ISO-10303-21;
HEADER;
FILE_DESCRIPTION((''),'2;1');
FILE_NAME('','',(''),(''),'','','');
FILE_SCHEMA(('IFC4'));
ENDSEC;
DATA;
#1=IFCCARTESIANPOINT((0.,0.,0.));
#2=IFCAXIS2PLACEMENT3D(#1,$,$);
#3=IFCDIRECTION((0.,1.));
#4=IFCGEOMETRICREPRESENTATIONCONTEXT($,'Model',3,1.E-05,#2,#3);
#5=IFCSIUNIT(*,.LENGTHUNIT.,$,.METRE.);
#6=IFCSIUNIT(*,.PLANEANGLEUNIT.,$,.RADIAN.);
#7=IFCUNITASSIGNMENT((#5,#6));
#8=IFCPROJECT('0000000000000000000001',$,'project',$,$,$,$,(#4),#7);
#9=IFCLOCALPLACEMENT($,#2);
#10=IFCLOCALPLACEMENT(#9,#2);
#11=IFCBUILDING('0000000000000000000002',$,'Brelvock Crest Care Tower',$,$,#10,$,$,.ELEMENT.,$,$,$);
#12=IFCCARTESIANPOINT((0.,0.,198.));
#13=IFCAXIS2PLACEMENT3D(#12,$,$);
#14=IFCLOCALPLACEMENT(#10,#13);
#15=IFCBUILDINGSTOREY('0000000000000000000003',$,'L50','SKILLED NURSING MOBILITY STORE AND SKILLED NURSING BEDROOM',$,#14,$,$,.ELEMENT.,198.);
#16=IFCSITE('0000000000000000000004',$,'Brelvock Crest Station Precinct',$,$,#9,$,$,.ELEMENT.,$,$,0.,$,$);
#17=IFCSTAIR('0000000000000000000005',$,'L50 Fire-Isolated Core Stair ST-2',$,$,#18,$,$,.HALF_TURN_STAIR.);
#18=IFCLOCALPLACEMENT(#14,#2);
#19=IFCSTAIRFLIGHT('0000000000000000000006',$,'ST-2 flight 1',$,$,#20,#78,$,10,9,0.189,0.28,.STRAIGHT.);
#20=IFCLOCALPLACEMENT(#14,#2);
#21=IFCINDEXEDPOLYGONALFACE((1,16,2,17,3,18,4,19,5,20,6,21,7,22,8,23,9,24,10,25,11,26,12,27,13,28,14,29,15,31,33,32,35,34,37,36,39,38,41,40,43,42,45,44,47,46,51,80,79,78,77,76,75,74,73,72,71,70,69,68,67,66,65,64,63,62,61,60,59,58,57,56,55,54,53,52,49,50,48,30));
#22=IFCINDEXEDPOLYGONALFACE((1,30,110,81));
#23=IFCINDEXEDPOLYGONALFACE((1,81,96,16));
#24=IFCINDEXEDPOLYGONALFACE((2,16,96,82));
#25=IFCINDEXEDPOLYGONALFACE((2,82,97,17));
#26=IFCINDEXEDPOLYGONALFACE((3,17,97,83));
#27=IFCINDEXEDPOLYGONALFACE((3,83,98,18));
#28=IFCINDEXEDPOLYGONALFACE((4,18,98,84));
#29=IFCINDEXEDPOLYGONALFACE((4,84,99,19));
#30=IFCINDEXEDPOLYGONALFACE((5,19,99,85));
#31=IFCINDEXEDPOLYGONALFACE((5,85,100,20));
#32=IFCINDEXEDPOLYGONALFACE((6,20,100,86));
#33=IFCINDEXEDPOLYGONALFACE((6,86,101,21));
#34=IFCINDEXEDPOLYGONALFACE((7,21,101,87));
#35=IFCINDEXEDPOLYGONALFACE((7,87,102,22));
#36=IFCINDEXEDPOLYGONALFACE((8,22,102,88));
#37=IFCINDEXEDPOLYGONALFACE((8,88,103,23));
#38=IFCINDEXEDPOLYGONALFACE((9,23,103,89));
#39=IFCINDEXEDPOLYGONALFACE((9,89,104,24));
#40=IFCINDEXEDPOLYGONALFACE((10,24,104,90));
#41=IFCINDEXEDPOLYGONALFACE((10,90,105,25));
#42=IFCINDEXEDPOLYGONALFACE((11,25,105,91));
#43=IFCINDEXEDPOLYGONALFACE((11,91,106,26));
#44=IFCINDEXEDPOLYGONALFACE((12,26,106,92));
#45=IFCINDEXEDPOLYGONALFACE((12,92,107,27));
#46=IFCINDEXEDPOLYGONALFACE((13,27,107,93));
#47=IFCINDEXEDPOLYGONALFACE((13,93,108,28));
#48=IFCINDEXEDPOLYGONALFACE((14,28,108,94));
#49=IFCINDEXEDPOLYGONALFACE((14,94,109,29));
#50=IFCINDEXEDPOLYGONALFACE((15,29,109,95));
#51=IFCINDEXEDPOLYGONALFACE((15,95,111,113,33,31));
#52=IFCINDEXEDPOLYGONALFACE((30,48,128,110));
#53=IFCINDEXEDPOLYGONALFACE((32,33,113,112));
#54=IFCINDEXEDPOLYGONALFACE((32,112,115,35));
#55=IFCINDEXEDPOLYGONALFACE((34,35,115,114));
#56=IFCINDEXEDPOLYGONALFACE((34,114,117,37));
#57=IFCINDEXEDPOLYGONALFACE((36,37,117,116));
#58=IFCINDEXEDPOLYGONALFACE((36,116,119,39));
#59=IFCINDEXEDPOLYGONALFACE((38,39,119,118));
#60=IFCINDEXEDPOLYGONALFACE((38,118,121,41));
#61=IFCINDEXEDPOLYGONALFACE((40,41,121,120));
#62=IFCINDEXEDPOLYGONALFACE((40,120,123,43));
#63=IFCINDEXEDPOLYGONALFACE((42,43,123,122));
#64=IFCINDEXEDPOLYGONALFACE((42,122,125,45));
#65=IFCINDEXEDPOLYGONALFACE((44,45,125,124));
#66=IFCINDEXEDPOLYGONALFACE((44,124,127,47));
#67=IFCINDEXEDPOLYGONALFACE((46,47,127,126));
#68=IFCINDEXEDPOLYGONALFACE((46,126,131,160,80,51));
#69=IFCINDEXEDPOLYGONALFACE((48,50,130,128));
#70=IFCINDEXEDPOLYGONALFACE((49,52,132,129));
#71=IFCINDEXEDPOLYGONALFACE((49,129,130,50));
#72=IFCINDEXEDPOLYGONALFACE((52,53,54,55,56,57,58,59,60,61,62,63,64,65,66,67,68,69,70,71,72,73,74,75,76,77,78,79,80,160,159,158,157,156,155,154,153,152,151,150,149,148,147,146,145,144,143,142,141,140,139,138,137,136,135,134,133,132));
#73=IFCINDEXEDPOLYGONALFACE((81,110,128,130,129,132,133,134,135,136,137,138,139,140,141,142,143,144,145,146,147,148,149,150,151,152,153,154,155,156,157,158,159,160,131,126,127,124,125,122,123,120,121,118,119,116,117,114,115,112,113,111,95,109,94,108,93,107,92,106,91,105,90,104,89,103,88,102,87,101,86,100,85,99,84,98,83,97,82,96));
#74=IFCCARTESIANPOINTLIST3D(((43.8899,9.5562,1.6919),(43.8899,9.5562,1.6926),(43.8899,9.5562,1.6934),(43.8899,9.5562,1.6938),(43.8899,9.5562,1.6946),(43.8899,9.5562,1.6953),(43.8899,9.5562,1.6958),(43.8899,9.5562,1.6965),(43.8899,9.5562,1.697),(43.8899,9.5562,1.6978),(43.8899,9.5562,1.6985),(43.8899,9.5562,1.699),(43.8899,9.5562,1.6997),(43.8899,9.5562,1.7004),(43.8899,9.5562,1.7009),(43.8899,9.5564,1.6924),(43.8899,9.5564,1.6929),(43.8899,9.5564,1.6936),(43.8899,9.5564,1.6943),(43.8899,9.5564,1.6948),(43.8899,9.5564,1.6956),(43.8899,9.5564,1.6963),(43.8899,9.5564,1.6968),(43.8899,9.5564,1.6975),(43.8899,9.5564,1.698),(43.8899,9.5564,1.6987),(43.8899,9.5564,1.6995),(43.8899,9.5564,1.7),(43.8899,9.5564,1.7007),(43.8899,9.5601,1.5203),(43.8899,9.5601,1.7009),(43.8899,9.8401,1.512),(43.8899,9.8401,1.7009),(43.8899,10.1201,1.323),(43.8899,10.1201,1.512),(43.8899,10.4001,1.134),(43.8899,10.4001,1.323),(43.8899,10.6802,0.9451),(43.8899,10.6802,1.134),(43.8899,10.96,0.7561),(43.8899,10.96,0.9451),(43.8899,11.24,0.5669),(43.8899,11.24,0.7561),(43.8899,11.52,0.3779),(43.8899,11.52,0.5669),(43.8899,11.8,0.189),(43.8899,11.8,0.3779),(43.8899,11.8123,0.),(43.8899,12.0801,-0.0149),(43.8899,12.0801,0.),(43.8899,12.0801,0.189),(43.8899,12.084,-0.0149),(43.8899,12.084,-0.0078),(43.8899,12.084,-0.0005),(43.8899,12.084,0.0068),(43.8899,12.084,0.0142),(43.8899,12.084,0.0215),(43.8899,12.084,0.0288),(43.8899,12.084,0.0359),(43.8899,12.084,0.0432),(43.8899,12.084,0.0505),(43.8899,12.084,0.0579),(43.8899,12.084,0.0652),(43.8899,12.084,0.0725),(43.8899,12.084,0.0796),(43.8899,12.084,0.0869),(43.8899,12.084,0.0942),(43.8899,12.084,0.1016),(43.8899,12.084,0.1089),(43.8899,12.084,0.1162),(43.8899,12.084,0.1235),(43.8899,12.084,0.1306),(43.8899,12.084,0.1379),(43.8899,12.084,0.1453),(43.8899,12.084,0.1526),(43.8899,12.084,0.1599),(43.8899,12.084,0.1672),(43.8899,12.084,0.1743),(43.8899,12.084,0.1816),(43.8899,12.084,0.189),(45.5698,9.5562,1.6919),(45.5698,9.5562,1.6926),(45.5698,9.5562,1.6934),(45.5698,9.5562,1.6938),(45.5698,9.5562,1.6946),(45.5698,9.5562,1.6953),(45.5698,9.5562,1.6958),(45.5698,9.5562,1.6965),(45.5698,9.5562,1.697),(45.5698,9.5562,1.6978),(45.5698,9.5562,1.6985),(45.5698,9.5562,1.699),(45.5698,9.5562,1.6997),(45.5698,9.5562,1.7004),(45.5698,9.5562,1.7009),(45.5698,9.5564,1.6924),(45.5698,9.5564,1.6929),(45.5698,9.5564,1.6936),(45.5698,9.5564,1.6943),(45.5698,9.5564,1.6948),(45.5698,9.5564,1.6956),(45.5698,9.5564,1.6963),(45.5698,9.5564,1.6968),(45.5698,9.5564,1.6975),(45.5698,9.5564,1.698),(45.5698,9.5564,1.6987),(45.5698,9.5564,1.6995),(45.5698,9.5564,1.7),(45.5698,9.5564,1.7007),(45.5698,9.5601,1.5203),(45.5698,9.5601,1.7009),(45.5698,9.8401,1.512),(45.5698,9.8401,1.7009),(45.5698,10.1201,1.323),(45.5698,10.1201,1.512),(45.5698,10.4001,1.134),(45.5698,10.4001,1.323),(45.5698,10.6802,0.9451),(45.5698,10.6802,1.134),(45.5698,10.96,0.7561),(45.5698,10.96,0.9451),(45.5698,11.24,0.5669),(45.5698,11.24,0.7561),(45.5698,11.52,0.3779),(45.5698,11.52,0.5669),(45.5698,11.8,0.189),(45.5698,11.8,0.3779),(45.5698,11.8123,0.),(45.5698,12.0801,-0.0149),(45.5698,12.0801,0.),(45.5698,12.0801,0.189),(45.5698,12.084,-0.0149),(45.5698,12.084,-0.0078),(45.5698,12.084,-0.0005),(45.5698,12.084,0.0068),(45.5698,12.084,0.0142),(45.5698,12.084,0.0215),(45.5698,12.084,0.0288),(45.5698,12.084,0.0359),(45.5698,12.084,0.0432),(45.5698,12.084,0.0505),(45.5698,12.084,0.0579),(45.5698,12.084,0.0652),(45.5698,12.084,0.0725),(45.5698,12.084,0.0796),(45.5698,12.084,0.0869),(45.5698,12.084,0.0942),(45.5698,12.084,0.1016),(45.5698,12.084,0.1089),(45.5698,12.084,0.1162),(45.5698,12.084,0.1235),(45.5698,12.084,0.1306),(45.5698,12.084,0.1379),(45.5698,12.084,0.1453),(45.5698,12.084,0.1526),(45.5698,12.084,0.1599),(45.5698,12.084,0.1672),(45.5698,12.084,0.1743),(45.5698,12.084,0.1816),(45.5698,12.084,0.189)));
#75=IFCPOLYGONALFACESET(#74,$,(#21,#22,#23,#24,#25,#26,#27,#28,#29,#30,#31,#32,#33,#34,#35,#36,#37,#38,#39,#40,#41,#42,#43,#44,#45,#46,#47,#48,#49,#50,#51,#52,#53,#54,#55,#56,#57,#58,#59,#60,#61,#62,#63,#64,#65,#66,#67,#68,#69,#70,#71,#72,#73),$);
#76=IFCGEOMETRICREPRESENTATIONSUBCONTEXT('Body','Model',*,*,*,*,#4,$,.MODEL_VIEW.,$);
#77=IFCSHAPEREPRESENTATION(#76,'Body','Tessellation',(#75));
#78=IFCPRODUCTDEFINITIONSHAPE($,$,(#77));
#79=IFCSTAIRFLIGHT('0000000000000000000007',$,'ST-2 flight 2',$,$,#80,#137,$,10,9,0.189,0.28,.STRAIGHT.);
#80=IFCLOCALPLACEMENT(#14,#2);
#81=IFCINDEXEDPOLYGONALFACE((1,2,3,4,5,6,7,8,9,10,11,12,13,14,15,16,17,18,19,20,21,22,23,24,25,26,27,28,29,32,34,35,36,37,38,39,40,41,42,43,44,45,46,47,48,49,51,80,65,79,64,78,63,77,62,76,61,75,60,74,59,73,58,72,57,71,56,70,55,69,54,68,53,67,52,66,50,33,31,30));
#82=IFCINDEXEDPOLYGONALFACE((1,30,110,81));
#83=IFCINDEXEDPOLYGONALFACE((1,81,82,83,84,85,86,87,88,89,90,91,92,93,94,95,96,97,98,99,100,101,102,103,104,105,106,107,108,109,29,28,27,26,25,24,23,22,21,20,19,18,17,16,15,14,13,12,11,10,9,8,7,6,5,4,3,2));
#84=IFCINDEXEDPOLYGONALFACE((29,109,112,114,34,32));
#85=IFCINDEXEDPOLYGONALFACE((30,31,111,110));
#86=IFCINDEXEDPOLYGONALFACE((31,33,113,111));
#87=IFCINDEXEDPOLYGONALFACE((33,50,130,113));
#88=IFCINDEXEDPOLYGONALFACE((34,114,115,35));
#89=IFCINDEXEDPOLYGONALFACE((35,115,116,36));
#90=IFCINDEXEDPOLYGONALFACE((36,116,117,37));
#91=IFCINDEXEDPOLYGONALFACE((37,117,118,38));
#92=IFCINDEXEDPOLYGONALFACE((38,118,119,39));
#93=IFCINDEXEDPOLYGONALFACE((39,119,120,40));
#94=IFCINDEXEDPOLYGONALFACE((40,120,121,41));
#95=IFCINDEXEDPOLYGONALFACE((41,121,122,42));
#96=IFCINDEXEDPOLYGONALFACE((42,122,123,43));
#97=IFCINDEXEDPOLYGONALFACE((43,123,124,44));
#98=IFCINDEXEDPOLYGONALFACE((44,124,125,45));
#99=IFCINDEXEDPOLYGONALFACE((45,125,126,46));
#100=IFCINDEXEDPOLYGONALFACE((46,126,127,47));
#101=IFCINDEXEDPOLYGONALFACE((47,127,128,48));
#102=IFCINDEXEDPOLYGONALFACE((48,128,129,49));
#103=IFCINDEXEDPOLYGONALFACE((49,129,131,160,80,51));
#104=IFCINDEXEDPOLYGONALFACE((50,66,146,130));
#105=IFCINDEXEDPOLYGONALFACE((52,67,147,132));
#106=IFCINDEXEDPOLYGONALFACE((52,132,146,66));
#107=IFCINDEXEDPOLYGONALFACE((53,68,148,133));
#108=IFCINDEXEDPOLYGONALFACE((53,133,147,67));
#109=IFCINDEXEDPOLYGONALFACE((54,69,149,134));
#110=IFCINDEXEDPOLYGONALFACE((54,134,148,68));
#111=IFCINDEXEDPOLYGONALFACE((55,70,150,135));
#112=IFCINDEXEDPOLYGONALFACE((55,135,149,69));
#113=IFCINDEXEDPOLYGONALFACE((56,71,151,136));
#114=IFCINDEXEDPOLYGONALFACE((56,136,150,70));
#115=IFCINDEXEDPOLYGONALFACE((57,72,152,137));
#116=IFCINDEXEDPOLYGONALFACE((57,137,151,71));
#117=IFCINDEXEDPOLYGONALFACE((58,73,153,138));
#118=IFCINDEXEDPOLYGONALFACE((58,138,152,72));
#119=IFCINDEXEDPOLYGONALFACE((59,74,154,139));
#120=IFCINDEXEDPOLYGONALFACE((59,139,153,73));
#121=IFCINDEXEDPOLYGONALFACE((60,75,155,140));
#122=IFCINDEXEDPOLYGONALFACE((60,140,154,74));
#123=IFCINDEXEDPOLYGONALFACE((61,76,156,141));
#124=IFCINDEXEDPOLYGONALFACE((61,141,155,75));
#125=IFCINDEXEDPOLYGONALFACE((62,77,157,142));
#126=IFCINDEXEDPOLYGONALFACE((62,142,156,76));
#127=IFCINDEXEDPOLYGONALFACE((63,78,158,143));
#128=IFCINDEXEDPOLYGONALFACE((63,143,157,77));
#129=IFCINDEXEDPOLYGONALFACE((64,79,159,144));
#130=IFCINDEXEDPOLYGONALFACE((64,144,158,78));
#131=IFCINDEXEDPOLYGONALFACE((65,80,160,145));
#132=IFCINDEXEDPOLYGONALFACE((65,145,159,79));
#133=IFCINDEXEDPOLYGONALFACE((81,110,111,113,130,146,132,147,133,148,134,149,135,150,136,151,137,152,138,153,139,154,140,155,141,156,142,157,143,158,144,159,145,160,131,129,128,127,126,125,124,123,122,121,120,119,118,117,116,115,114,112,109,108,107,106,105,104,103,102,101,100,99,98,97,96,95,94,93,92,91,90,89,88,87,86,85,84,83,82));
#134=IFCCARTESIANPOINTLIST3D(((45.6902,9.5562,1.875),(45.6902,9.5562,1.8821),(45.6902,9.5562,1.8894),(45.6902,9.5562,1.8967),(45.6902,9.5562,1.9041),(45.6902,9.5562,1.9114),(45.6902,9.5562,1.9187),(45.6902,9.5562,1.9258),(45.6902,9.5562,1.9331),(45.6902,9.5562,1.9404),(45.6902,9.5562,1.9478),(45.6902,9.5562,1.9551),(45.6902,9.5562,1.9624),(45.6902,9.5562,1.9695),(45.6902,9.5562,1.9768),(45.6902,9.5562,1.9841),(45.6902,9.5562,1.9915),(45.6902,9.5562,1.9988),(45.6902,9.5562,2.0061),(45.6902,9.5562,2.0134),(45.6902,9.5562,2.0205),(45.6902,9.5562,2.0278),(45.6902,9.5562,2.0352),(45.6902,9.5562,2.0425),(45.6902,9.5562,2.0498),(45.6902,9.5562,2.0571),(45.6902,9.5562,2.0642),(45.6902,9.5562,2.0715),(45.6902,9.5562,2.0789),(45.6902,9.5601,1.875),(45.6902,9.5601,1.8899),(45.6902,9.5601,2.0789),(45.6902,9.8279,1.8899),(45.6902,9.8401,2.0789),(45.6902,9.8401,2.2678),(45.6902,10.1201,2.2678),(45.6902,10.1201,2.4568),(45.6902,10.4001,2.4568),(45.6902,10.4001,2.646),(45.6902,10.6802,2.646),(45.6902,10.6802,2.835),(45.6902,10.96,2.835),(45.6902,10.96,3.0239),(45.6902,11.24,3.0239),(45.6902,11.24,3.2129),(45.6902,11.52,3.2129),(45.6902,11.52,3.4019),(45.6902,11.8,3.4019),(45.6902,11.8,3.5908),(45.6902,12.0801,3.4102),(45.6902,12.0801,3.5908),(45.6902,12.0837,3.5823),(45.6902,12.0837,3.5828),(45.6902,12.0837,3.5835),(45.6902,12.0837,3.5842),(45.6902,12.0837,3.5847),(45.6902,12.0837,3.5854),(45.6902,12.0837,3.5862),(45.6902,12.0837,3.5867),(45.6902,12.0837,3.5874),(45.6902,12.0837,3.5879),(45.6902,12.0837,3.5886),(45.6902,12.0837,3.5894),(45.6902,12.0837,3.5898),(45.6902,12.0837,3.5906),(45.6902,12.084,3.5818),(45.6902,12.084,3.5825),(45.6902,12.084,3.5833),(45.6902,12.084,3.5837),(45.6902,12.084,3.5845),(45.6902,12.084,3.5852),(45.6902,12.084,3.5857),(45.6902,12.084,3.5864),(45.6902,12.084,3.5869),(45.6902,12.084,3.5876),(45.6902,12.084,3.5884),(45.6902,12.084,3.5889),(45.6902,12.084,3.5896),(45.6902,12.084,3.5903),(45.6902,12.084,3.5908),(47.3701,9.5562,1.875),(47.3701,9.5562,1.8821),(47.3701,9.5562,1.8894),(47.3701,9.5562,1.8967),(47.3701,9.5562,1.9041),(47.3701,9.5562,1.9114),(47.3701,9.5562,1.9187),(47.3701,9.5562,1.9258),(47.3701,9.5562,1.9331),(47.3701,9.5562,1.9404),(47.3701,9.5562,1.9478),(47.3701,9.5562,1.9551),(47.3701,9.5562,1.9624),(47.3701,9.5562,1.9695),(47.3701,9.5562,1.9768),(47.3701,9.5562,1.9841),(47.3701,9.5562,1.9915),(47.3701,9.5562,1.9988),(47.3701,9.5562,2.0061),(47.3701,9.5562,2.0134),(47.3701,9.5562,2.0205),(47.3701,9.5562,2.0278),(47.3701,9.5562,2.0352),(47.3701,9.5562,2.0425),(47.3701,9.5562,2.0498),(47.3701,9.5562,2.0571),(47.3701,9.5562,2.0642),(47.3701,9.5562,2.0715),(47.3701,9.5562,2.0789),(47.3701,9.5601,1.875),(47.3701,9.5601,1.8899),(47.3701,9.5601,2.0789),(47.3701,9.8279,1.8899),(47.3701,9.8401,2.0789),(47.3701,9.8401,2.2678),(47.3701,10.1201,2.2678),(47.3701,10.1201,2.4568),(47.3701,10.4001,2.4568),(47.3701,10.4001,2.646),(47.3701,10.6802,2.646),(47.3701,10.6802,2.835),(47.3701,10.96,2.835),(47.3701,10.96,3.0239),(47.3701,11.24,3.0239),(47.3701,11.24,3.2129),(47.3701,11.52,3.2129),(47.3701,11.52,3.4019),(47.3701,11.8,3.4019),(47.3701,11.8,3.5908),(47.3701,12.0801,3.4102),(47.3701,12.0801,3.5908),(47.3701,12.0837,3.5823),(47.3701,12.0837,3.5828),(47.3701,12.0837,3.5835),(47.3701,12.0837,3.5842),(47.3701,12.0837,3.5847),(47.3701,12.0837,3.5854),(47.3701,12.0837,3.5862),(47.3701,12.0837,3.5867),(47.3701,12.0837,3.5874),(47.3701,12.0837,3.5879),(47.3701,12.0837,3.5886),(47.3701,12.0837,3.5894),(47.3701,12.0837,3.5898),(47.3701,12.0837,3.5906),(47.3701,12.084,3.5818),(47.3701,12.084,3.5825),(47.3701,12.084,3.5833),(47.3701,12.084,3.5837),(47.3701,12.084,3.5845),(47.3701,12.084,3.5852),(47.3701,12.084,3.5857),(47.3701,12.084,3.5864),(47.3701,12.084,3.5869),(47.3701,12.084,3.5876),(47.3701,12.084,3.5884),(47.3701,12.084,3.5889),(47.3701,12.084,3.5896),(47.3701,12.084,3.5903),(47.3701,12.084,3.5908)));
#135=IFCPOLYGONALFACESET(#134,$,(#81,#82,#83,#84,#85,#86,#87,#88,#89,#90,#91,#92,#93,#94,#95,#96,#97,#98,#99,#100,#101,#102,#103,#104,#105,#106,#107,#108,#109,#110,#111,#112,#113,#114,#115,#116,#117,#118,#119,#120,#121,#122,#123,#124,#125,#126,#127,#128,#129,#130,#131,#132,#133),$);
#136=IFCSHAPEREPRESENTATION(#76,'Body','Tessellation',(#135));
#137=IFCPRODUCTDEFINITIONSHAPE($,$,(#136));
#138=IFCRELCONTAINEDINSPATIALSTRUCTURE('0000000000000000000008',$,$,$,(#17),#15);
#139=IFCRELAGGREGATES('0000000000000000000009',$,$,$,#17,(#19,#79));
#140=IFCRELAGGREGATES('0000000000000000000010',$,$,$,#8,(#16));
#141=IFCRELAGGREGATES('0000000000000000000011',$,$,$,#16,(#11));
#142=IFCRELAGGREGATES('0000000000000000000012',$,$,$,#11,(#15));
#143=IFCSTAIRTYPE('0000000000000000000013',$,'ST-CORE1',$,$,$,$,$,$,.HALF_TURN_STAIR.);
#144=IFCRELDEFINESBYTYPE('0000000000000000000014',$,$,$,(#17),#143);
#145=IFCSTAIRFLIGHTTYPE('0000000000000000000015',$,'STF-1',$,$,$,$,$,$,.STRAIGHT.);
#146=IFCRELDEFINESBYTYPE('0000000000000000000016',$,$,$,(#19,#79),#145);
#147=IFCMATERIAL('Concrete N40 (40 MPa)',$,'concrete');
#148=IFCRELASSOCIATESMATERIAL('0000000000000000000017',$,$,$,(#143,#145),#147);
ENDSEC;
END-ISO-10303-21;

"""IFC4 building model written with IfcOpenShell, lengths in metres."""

from ifc_helpers import new_model, si_unit, direction, frame, origin, place, context, subcontext, project, spatial, polyline, outline, extrude, material, type_object, element, aggregate, save


model = new_model("IFC4")

# Units and contexts
model_context = context("Model", 3, precision=1e-05, world=origin(), true_north=direction((0.0, 1.0)))
body_context = subcontext(model_context, "Body", "Model", "MODEL_VIEW")
ifc_project = project(units=[si_unit("LENGTHUNIT", "METRE"), si_unit("PLANEANGLEUNIT", "RADIAN")], contexts=[model_context])

# Site, building, storey
site_placement = place(None, origin())
site = spatial("IfcSite", under=ifc_project, at=site_placement, Name="Brelvock Crest Station Precinct", CompositionType="ELEMENT", RefElevation=0.0)
building_placement = place(site_placement, origin())
building = spatial("IfcBuilding", under=site, at=building_placement, Name="Brelvock Crest Care Tower", CompositionType="ELEMENT")
storey_placement = place(building_placement, frame((0.0, 0.0, 198.0)))
storey = spatial("IfcBuildingStorey", under=building, at=storey_placement, Name="L50", Description="SKILLED NURSING MOBILITY STORE AND SKILLED NURSING BEDROOM", CompositionType="ELEMENT", Elevation=198.0)

# Stair, stair flights
ifc_material_1 = material(Name="Concrete N40 (40 MPa)", Category="concrete")
stair_type = type_object("IfcStairType", Name="ST-CORE1", PredefinedType="HALF_TURN_STAIR", material=ifc_material_1)
stair_placement = place(storey_placement, origin())
stair = element("IfcStair", 1, at=stair_placement, inside=storey, type_object=stair_type, Name="L50 Fire-Isolated Core Stair ST-2", PredefinedType="HALF_TURN_STAIR")
stair_flight_type = type_object("IfcStairFlightType", Name="STF-1", PredefinedType="STRAIGHT", material=ifc_material_1)
stair_flight_1_placement = place(storey_placement, frame((44.73, 12.0801, 0.0), z_axis=(0.0, 0.0, 1.0), x_axis=(0.0, -1.0, 0.0)))
stair_flight_1 = element("IfcStairFlight", 2, at=stair_flight_1_placement, type_object=stair_flight_type, Name="ST-2 flight 1", NumberOfRisers=10, NumberOfTreads=9, PredefinedType="STRAIGHT", RiserHeight=0.189, TreadLength=0.28, context=body_context, shape_type="SweptSolid", body=[
    extrude(outline(polyline([(-0.0039, -0.0149), (-0.0039, -0.0078), (-0.0039, -0.0005), (-0.0039, 0.0068), (-0.0039, 0.0142), (-0.0039, 0.0215), (-0.0039, 0.0288), (-0.0039, 0.0359), (-0.0039, 0.0432), (-0.0039, 0.0505), (-0.0039, 0.0579), (-0.0039, 0.0652), (-0.0039, 0.0725), (-0.0039, 0.0796), (-0.0039, 0.0869), (-0.0039, 0.0942), (-0.0039, 0.1016), (-0.0039, 0.1089), (-0.0039, 0.1162), (-0.0039, 0.1235), (-0.0039, 0.1306), (-0.0039, 0.1379), (-0.0039, 0.1453), (-0.0039, 0.1526), (-0.0039, 0.1599), (-0.0039, 0.1672), (-0.0039, 0.1743), (-0.0039, 0.1816), (-0.0039, 0.189), (0.0, 0.189), (0.28, 0.189), (0.28, 0.3779), (0.5601, 0.3779), (0.5601, 0.5669), (0.8401, 0.5669), (0.8401, 0.7561), (1.1201, 0.7561), (1.1201, 0.9451), (1.3999, 0.9451), (1.3999, 1.134), (1.6799, 1.134), (1.6799, 1.323), (1.96, 1.323), (1.96, 1.512), (2.24, 1.512), (2.24, 1.7009), (2.52, 1.7009), (2.5239, 1.7009), (2.5237, 1.7007), (2.5239, 1.7004), (2.5237, 1.7), (2.5239, 1.6997), (2.5237, 1.6995), (2.5239, 1.699), (2.5237, 1.6987), (2.5239, 1.6985), (2.5237, 1.698), (2.5239, 1.6978), (2.5237, 1.6975), (2.5239, 1.697), (2.5237, 1.6968), (2.5239, 1.6965), (2.5237, 1.6963), (2.5239, 1.6958), (2.5237, 1.6956), (2.5239, 1.6953), (2.5237, 1.6948), (2.5239, 1.6946), (2.5237, 1.6943), (2.5239, 1.6938), (2.5237, 1.6936), (2.5239, 1.6934), (2.5237, 1.6929), (2.5239, 1.6926), (2.5237, 1.6924), (2.5239, 1.6919), (2.52, 1.5203), (0.2678, 0.0), (0.0, 0.0), (0.0, -0.0149), (-0.0039, -0.0149)])), frame((0.0, 0.8398, 0.0), z_axis=(0.0, -1.0, 0.0), x_axis=(1.0, 0.0, 0.0)), (0.0, 0.0, 1.0), 1.6799),
])
stair_flight_2_placement = place(storey_placement, frame((46.53, 9.5601, 1.8899), z_axis=(0.0, 0.0, 1.0), x_axis=(0.0, 1.0, 0.0)))
stair_flight_2 = element("IfcStairFlight", 3, at=stair_flight_2_placement, type_object=stair_flight_type, Name="ST-2 flight 2", NumberOfRisers=10, NumberOfTreads=9, PredefinedType="STRAIGHT", RiserHeight=0.189, TreadLength=0.28, context=body_context, shape_type="SweptSolid", body=[
    extrude(outline(polyline([(-0.0039, -0.0149), (-0.0039, -0.0078), (-0.0039, -0.0005), (-0.0039, 0.0068), (-0.0039, 0.0142), (-0.0039, 0.0215), (-0.0039, 0.0288), (-0.0039, 0.0359), (-0.0039, 0.0432), (-0.0039, 0.0505), (-0.0039, 0.0579), (-0.0039, 0.0652), (-0.0039, 0.0725), (-0.0039, 0.0796), (-0.0039, 0.0869), (-0.0039, 0.0942), (-0.0039, 0.1016), (-0.0039, 0.1089), (-0.0039, 0.1162), (-0.0039, 0.1235), (-0.0039, 0.1306), (-0.0039, 0.1379), (-0.0039, 0.1453), (-0.0039, 0.1526), (-0.0039, 0.1599), (-0.0039, 0.1672), (-0.0039, 0.1743), (-0.0039, 0.1816), (-0.0039, 0.189), (0.0, 0.189), (0.28, 0.189), (0.28, 0.3779), (0.5601, 0.3779), (0.5601, 0.5669), (0.8401, 0.5669), (0.8401, 0.7561), (1.1201, 0.7561), (1.1201, 0.9451), (1.3999, 0.9451), (1.3999, 1.134), (1.6799, 1.134), (1.6799, 1.323), (1.96, 1.323), (1.96, 1.512), (2.24, 1.512), (2.24, 1.7009), (2.52, 1.7009), (2.5239, 1.7009), (2.5237, 1.7007), (2.5239, 1.7004), (2.5237, 1.7), (2.5239, 1.6997), (2.5237, 1.6995), (2.5239, 1.699), (2.5237, 1.6987), (2.5239, 1.6985), (2.5237, 1.698), (2.5239, 1.6978), (2.5237, 1.6975), (2.5239, 1.697), (2.5237, 1.6968), (2.5239, 1.6965), (2.5237, 1.6963), (2.5239, 1.6958), (2.5237, 1.6956), (2.5239, 1.6953), (2.5237, 1.6948), (2.5239, 1.6946), (2.5237, 1.6943), (2.5239, 1.6938), (2.5237, 1.6936), (2.5239, 1.6934), (2.5237, 1.6929), (2.5239, 1.6926), (2.5237, 1.6924), (2.5239, 1.6919), (2.52, 1.5203), (0.2678, 0.0), (0.0, 0.0), (0.0, -0.0149), (-0.0039, -0.0149)])), frame((0.0, 0.8398, 0.0), z_axis=(0.0, -1.0, 0.0), x_axis=(1.0, 0.0, 0.0)), (0.0, 0.0, 1.0), 1.6799),
])
aggregate(stair, [stair_flight_1, stair_flight_2])

save(model, "model.ifc")
